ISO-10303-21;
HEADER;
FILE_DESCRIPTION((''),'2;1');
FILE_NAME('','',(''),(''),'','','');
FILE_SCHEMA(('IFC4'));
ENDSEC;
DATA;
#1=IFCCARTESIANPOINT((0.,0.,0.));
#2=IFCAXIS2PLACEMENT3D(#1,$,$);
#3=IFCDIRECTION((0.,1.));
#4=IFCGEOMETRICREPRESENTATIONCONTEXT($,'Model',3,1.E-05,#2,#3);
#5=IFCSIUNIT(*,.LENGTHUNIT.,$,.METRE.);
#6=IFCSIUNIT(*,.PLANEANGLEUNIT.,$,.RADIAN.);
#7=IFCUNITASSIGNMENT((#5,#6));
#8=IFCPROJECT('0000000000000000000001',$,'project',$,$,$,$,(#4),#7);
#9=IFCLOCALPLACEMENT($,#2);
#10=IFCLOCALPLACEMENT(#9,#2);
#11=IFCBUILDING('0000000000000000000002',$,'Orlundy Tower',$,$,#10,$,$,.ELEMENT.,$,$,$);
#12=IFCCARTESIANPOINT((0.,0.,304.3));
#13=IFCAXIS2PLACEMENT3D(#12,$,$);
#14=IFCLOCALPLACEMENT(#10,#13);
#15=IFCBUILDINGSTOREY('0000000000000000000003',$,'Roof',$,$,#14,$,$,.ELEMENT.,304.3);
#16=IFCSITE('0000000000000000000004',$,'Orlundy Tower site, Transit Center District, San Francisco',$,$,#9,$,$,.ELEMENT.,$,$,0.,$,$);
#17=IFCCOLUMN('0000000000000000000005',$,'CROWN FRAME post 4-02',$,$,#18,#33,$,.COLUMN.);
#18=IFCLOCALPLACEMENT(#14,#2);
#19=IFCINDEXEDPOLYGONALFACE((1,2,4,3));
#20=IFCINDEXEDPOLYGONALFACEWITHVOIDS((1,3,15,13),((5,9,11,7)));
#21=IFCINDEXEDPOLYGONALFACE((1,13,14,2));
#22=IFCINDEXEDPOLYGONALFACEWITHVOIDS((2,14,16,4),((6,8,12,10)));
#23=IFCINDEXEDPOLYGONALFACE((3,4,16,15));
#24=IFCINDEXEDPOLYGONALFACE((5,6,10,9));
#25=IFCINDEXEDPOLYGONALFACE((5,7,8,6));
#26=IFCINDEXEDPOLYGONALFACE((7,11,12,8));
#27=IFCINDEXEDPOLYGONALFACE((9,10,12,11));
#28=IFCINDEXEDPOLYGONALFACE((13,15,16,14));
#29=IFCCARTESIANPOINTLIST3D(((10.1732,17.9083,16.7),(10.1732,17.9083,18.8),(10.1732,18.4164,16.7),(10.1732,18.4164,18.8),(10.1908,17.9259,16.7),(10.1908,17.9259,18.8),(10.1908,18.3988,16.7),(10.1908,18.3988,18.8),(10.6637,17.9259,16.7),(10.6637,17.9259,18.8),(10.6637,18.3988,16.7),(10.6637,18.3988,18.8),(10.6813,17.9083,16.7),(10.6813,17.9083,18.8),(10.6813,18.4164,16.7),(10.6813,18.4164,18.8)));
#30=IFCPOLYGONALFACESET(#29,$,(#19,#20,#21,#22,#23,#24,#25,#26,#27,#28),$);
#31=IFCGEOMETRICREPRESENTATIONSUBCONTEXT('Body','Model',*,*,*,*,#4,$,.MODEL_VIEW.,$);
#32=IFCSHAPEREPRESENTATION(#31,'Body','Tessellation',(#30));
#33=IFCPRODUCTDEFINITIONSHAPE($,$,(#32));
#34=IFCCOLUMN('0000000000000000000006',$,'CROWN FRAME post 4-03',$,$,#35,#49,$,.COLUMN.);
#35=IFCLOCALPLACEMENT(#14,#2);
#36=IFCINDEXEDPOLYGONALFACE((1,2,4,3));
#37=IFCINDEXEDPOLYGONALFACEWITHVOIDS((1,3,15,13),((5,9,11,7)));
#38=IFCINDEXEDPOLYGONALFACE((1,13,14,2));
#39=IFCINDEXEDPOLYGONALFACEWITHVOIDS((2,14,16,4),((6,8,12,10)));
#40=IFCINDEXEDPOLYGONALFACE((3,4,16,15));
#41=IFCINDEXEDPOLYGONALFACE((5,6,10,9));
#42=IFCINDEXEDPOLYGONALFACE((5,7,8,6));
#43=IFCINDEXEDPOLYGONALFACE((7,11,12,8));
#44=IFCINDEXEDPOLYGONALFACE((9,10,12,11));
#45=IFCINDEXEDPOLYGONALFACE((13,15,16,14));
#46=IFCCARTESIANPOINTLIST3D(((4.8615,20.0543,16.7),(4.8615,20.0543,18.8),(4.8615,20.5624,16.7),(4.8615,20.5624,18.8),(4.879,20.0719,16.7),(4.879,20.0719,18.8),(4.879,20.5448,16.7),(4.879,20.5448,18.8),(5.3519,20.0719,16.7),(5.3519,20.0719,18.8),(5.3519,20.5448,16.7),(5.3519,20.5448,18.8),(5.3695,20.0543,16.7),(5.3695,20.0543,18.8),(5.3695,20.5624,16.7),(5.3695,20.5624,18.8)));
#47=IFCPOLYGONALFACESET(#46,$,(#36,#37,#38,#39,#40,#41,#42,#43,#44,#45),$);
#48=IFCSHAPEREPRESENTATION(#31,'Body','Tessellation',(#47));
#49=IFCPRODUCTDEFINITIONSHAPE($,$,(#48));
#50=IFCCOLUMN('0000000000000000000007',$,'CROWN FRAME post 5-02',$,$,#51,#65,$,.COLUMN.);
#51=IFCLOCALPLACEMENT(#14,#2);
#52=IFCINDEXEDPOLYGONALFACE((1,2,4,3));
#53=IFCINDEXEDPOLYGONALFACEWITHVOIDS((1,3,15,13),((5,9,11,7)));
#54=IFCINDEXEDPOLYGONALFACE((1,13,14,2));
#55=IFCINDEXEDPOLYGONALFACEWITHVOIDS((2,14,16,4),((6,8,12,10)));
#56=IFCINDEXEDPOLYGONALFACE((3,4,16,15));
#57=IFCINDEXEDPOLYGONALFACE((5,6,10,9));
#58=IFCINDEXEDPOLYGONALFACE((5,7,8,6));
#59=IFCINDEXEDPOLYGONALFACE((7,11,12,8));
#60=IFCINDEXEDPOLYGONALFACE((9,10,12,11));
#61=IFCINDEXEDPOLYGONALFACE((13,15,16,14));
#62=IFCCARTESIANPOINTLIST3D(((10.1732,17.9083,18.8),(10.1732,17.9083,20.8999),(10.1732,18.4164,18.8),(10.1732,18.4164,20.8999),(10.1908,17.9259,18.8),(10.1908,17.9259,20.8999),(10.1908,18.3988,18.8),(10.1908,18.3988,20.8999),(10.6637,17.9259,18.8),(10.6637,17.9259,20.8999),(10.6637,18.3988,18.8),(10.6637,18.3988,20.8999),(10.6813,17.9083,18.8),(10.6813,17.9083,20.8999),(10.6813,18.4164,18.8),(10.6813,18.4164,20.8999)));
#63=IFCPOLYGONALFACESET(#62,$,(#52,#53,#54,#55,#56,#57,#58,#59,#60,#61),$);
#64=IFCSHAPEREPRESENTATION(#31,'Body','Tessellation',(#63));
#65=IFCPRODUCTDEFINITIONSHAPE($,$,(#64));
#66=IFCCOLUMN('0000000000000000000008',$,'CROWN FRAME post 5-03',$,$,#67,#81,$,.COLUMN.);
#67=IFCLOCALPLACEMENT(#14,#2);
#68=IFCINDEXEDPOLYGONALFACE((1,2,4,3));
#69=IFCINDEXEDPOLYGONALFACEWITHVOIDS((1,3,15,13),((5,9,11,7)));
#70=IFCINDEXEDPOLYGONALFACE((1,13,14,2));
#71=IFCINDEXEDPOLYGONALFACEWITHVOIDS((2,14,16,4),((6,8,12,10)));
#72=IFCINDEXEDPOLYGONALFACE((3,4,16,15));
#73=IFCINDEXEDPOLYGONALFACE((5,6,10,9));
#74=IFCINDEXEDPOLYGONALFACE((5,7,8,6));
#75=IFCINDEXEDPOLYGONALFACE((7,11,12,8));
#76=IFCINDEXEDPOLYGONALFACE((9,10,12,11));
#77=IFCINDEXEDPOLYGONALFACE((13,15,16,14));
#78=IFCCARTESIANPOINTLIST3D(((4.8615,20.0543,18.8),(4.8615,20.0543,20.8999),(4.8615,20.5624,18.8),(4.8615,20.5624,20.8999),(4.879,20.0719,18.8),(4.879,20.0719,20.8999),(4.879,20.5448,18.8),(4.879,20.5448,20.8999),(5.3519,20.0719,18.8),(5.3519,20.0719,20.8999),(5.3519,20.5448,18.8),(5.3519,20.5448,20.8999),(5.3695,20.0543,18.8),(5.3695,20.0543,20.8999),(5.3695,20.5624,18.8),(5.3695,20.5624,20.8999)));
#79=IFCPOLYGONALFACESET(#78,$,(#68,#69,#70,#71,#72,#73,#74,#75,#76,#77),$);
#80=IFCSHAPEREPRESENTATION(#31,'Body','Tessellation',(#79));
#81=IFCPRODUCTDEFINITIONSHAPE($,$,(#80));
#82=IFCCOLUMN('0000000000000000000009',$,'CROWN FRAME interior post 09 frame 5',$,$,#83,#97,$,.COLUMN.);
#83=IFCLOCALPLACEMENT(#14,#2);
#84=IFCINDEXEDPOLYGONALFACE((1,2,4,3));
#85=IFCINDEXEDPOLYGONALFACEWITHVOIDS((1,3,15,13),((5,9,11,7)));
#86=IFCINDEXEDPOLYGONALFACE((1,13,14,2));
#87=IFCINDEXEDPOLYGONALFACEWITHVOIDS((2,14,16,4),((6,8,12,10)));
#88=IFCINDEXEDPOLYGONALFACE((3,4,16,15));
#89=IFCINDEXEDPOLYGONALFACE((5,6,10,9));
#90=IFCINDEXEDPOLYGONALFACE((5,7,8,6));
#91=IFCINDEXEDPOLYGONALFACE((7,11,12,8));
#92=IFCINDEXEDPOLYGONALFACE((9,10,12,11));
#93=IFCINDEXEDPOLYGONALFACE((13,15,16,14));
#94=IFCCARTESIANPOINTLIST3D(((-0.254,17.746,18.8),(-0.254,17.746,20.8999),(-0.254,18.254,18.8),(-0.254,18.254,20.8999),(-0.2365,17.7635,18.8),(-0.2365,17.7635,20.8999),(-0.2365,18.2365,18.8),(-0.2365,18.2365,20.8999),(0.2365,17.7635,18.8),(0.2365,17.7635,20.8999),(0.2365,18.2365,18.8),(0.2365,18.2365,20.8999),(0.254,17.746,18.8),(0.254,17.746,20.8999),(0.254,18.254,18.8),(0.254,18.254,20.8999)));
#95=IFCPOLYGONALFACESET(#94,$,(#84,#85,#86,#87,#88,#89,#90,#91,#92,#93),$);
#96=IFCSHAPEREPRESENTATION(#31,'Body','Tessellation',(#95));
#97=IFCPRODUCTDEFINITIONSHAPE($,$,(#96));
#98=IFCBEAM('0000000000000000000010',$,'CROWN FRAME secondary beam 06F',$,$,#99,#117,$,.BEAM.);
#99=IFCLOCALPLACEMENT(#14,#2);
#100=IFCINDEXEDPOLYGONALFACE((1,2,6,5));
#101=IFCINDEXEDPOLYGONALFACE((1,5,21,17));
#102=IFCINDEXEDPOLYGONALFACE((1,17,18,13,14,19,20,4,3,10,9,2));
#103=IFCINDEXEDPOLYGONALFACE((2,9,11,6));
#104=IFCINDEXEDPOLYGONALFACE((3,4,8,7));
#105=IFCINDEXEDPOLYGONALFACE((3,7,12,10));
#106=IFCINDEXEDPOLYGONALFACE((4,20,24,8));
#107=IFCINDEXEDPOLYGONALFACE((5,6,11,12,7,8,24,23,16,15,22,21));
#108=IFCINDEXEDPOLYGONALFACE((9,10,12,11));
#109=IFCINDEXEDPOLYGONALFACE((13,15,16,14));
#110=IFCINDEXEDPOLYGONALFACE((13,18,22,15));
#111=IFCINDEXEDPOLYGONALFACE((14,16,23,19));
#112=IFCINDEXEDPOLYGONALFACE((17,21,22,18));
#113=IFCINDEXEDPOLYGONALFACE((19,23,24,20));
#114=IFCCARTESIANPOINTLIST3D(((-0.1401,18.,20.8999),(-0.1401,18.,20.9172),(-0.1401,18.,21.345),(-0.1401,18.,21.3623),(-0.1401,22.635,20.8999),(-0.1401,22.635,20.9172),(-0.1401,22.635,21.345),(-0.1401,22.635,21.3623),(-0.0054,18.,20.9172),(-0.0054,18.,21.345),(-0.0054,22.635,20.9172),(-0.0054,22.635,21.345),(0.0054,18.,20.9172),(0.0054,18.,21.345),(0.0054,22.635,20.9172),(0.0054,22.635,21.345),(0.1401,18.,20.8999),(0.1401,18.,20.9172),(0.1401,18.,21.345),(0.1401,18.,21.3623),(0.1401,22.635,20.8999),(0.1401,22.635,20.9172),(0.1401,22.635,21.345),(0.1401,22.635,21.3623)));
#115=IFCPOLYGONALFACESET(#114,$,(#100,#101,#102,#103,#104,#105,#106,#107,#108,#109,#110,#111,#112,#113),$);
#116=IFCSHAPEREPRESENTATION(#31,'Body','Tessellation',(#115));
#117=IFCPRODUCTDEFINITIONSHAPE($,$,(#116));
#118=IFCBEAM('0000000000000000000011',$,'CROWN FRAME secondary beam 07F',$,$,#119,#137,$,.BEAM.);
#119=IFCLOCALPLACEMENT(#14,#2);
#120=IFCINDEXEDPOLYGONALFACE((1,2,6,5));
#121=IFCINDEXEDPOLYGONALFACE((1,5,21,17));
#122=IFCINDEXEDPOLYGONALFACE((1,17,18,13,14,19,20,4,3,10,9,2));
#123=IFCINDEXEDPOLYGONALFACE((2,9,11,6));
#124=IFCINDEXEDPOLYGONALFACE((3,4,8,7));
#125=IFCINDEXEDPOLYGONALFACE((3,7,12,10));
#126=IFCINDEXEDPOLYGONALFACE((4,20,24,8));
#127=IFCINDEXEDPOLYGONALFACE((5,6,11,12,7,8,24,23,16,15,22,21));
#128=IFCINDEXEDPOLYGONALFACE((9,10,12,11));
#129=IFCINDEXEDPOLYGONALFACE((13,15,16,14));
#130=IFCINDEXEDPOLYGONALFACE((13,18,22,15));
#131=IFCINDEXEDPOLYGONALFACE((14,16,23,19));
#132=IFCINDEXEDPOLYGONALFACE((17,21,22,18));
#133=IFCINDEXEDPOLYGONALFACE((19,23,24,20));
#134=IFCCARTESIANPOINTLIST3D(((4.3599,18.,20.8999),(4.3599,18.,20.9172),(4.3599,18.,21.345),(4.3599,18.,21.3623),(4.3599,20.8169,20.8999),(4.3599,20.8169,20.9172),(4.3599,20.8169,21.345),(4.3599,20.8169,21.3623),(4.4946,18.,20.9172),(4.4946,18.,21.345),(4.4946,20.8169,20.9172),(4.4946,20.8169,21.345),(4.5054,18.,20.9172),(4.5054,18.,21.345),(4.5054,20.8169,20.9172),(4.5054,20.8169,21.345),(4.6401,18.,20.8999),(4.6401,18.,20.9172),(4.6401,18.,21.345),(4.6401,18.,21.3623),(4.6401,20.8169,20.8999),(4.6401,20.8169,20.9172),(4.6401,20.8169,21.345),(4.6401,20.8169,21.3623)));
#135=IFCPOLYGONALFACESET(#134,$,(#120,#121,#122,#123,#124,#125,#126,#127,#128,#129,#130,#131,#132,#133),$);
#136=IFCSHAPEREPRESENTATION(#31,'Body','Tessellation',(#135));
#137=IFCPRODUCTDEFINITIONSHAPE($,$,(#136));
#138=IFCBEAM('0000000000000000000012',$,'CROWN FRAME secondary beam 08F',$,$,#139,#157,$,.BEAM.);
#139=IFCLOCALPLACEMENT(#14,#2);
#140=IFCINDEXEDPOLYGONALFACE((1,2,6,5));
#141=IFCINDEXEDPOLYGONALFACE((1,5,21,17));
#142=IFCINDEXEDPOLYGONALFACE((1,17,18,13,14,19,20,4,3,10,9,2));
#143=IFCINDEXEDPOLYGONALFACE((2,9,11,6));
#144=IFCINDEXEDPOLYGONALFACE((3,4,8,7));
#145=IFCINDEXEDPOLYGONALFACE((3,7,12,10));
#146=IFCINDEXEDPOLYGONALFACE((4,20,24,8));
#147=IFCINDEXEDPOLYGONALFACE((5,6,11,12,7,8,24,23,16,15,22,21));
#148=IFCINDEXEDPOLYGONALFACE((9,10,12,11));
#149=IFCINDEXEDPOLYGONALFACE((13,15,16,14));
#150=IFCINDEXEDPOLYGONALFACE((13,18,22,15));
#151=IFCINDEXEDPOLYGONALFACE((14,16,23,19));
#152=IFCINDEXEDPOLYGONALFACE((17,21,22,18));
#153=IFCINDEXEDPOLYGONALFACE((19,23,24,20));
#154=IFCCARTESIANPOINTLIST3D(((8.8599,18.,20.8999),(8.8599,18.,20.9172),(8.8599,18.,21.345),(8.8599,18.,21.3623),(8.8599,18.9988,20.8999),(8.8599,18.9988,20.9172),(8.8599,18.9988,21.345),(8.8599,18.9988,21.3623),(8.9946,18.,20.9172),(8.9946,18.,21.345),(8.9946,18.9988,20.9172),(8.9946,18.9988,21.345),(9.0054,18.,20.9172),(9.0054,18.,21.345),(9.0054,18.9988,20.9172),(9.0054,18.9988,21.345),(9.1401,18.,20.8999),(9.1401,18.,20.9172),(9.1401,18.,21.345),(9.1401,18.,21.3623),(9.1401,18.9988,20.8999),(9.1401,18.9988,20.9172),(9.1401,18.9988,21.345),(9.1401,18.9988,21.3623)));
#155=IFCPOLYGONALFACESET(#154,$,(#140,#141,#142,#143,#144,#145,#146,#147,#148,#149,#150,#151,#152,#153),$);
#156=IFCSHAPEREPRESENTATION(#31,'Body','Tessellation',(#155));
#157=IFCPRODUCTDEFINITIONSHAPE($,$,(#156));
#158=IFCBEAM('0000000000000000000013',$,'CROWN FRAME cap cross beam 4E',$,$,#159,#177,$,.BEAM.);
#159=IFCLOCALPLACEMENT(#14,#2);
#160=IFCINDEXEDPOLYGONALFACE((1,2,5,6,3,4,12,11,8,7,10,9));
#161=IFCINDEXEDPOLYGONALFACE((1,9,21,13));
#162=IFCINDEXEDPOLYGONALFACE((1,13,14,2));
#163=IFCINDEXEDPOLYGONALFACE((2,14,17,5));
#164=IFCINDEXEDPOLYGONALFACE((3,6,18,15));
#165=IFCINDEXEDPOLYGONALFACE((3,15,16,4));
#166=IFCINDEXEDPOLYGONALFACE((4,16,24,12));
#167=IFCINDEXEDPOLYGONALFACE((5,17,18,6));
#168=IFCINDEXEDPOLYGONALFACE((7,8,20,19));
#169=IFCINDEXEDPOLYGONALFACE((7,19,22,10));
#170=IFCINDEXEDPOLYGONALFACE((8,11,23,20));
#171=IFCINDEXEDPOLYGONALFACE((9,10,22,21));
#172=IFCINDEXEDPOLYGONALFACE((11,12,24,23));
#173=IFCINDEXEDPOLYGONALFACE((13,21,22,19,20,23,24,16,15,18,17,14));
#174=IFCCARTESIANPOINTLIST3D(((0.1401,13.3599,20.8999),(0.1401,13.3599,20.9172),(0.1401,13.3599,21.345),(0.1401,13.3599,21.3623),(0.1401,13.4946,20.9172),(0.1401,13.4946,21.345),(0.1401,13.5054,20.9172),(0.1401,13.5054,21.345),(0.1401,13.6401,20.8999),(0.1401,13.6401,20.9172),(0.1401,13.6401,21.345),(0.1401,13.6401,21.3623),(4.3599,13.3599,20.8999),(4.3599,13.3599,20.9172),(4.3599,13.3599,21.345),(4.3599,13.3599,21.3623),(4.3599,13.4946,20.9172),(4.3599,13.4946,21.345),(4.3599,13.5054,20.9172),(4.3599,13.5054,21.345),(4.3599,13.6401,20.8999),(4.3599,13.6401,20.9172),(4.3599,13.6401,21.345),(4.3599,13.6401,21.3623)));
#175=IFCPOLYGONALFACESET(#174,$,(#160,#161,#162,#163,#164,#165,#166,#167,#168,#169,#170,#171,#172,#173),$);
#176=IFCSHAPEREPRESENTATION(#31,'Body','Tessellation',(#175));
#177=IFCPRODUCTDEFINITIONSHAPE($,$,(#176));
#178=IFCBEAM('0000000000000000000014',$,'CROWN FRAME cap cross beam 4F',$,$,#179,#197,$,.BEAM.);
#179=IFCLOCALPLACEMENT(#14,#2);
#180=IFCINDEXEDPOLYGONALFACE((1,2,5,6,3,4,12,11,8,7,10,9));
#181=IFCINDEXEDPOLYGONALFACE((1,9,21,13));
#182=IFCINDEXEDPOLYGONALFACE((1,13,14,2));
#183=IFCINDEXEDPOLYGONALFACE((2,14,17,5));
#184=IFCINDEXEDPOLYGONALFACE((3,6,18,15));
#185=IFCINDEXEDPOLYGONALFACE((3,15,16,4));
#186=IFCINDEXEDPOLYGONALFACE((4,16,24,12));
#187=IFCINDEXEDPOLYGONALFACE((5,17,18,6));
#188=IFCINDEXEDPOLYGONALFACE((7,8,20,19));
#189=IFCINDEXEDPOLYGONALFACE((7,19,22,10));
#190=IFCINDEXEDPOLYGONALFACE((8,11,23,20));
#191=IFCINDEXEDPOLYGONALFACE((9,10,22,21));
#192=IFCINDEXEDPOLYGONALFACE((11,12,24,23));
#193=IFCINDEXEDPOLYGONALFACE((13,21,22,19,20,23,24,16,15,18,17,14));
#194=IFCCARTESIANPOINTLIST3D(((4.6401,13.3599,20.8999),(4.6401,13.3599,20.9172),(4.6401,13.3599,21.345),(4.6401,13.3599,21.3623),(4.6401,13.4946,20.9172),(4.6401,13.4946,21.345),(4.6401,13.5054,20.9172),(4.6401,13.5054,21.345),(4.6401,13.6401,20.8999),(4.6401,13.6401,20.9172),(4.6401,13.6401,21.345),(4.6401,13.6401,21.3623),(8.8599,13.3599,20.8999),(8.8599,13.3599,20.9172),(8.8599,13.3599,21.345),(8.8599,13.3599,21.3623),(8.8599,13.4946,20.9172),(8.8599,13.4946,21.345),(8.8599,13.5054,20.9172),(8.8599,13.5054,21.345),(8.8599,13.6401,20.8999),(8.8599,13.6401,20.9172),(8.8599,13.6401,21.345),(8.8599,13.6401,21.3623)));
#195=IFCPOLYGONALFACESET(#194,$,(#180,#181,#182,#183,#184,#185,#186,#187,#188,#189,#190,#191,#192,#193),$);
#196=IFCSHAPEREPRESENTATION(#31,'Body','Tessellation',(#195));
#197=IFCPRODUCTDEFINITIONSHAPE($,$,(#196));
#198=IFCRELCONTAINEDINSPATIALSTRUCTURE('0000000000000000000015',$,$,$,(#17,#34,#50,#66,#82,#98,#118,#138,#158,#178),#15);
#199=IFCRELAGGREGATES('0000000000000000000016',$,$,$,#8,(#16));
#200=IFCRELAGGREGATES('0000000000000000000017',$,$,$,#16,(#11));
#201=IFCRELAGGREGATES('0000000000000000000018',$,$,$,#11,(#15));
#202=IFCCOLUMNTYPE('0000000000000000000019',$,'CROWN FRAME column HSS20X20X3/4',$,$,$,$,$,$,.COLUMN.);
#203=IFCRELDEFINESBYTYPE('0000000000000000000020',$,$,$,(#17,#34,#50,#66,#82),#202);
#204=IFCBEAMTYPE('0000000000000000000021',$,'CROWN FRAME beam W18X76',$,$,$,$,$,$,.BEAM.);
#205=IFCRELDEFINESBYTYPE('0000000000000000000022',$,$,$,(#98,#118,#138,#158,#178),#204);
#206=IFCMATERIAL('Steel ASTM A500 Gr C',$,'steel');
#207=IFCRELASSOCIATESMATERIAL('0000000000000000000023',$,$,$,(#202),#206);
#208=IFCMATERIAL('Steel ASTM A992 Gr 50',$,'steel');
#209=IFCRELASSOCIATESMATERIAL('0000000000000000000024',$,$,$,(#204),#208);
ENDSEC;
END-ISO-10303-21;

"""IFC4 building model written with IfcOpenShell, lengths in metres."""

from ifc_helpers import new_model, si_unit, direction, frame, origin, origin_2d, place, context, subcontext, project, spatial, hollow_rectangle, i_section, extrude, material, material_profile, profile_set, type_object, element, save


model = new_model("IFC4")

# Units and contexts
model_context = context("Model", 3, precision=1e-05, world=origin(), true_north=direction((0.0, 1.0)))
body_context = subcontext(model_context, "Body", "Model", "MODEL_VIEW")
ifc_project = project(units=[si_unit("LENGTHUNIT", "METRE"), si_unit("PLANEANGLEUNIT", "RADIAN")], contexts=[model_context])

# Site, building, storey
site_placement = place(None, origin())
site = spatial("IfcSite", under=ifc_project, at=site_placement, Name="Orlundy Tower site, Transit Center District, San Francisco", CompositionType="ELEMENT", RefElevation=0.0)
building_placement = place(site_placement, origin())
building = spatial("IfcBuilding", under=site, at=building_placement, Name="Orlundy Tower", CompositionType="ELEMENT")
storey_placement = place(building_placement, frame((0.0, 0.0, 304.3)))
storey = spatial("IfcBuildingStorey", under=building, at=storey_placement, Name="Roof", CompositionType="ELEMENT", Elevation=304.3)

# Columns
ifc_material_1 = material(Name="Steel ASTM A500 Gr C", Category="steel")
ifc_material_profile_1 = material_profile(ifc_material_1, hollow_rectangle(XDim=0.5081, YDim=0.5081, WallThickness=0.0176, at=origin_2d()), Name="HSS20X20X3/4")
ifc_profile_set_1 = profile_set([ifc_material_profile_1], Name="Steel ASTM A500 Gr C")
column_type = type_object("IfcColumnType", Name="CROWN FRAME column HSS20X20X3/4", PredefinedType="COLUMN", material=ifc_profile_set_1)
for number, where, z_axis, x_axis, name in (
    (1, (10.4272, 18.1624, 16.7), (0.0, 0.0, 1.0), (1.0, 0.0, 0.0), "CROWN FRAME post 4-02"),
    (2, (5.1155, 20.3083, 16.7), (0.0, 0.0, 1.0), (1.0, 0.0, 0.0), "CROWN FRAME post 4-03"),
):
    element("IfcColumn", number, at=place(storey_placement, frame(where, z_axis=z_axis, x_axis=x_axis)), inside=storey, type_object=column_type, Name=name, PredefinedType="COLUMN", context=body_context, shape_type="SweptSolid", body=[
        extrude(hollow_rectangle(XDim=0.5081, YDim=0.5081, WallThickness=0.0176, at=origin_2d()), origin(), (0.0, 0.0, 1.0), 2.1001),
    ])
for number, where, z_axis, x_axis, name in (
    (3, (10.4272, 18.1624, 18.8), (0.0, 0.0, 1.0), (1.0, 0.0, 0.0), "CROWN FRAME post 5-02"),
    (4, (5.1155, 20.3083, 18.8), (0.0, 0.0, 1.0), (1.0, 0.0, 0.0), "CROWN FRAME post 5-03"),
    (5, (0.0, 18.0, 18.8), (0.0, 0.0, 1.0), (1.0, 0.0, 0.0), "CROWN FRAME interior post 09 frame 5"),
):
    element("IfcColumn", number, at=place(storey_placement, frame(where, z_axis=z_axis, x_axis=x_axis)), inside=storey, type_object=column_type, Name=name, PredefinedType="COLUMN", context=body_context, shape_type="SweptSolid", body=[
        extrude(hollow_rectangle(XDim=0.5081, YDim=0.5081, WallThickness=0.0176, at=origin_2d()), origin(), (0.0, 0.0, 1.0), 2.0999),
    ])

# Beams
ifc_material_2 = material(Name="Steel ASTM A992 Gr 50", Category="steel")
ifc_material_profile_2 = material_profile(ifc_material_2, i_section(OverallWidth=0.2803, OverallDepth=0.4624, WebThickness=0.0107, FlangeThickness=0.0173, at=origin_2d()), Name="W18X76")
ifc_profile_set_2 = profile_set([ifc_material_profile_2], Name="Steel ASTM A992 Gr 50")
beam_type_1 = type_object("IfcBeamType", Name="CROWN FRAME beam W18X76", PredefinedType="BEAM", material=ifc_profile_set_2)
beam_1_placement = place(storey_placement, frame((0.0, 18.0, 21.1311), z_axis=(0.0, 1.0, 0.0), x_axis=(-1.0, 0.0, 0.0)))
element("IfcBeam", 6, at=beam_1_placement, inside=storey, type_object=beam_type_1, Name="CROWN FRAME secondary beam 06F", PredefinedType="BEAM", context=body_context, shape_type="SweptSolid", body=[
    extrude(i_section(OverallWidth=0.2803, OverallDepth=0.4624, WebThickness=0.0107, FlangeThickness=0.0173, at=origin_2d()), origin(), (0.0, 0.0, 1.0), 4.635),
])
beam_2_placement = place(storey_placement, frame((4.5, 18.0, 21.1311), z_axis=(0.0, 1.0, 0.0), x_axis=(-1.0, 0.0, 0.0)))
element("IfcBeam", 7, at=beam_2_placement, inside=storey, type_object=beam_type_1, Name="CROWN FRAME secondary beam 07F", PredefinedType="BEAM", context=body_context, shape_type="SweptSolid", body=[
    extrude(i_section(OverallWidth=0.2803, OverallDepth=0.4624, WebThickness=0.0107, FlangeThickness=0.0173, at=origin_2d()), origin(), (0.0, 0.0, 1.0), 2.8169),
])
beam_3_placement = place(storey_placement, frame((9.0, 18.0, 21.1311), z_axis=(0.0, 1.0, 0.0), x_axis=(-1.0, 0.0, 0.0)))
element("IfcBeam", 8, at=beam_3_placement, inside=storey, type_object=beam_type_1, Name="CROWN FRAME secondary beam 08F", PredefinedType="BEAM", context=body_context, shape_type="SweptSolid", body=[
    extrude(i_section(OverallWidth=0.2803, OverallDepth=0.4624, WebThickness=0.0107, FlangeThickness=0.0173, at=origin_2d()), origin(), (0.0, 0.0, 1.0), 0.9988),
])
for number, where, z_axis, x_axis, name in (
    (9, (0.1401, 13.5, 21.1311), (1.0, 0.0, 0.0), (0.0, 1.0, 0.0), "CROWN FRAME cap cross beam 4E"),
    (10, (4.6401, 13.5, 21.1311), (1.0, 0.0, 0.0), (0.0, 1.0, 0.0), "CROWN FRAME cap cross beam 4F"),
):
    element("IfcBeam", number, at=place(storey_placement, frame(where, z_axis=z_axis, x_axis=x_axis)), inside=storey, type_object=beam_type_1, Name=name, PredefinedType="BEAM", context=body_context, shape_type="SweptSolid", body=[
        extrude(i_section(OverallWidth=0.2803, OverallDepth=0.4624, WebThickness=0.0107, FlangeThickness=0.0173, at=origin_2d()), origin(), (0.0, 0.0, 1.0), 4.2197),
    ])

save(model, "model.ifc")
